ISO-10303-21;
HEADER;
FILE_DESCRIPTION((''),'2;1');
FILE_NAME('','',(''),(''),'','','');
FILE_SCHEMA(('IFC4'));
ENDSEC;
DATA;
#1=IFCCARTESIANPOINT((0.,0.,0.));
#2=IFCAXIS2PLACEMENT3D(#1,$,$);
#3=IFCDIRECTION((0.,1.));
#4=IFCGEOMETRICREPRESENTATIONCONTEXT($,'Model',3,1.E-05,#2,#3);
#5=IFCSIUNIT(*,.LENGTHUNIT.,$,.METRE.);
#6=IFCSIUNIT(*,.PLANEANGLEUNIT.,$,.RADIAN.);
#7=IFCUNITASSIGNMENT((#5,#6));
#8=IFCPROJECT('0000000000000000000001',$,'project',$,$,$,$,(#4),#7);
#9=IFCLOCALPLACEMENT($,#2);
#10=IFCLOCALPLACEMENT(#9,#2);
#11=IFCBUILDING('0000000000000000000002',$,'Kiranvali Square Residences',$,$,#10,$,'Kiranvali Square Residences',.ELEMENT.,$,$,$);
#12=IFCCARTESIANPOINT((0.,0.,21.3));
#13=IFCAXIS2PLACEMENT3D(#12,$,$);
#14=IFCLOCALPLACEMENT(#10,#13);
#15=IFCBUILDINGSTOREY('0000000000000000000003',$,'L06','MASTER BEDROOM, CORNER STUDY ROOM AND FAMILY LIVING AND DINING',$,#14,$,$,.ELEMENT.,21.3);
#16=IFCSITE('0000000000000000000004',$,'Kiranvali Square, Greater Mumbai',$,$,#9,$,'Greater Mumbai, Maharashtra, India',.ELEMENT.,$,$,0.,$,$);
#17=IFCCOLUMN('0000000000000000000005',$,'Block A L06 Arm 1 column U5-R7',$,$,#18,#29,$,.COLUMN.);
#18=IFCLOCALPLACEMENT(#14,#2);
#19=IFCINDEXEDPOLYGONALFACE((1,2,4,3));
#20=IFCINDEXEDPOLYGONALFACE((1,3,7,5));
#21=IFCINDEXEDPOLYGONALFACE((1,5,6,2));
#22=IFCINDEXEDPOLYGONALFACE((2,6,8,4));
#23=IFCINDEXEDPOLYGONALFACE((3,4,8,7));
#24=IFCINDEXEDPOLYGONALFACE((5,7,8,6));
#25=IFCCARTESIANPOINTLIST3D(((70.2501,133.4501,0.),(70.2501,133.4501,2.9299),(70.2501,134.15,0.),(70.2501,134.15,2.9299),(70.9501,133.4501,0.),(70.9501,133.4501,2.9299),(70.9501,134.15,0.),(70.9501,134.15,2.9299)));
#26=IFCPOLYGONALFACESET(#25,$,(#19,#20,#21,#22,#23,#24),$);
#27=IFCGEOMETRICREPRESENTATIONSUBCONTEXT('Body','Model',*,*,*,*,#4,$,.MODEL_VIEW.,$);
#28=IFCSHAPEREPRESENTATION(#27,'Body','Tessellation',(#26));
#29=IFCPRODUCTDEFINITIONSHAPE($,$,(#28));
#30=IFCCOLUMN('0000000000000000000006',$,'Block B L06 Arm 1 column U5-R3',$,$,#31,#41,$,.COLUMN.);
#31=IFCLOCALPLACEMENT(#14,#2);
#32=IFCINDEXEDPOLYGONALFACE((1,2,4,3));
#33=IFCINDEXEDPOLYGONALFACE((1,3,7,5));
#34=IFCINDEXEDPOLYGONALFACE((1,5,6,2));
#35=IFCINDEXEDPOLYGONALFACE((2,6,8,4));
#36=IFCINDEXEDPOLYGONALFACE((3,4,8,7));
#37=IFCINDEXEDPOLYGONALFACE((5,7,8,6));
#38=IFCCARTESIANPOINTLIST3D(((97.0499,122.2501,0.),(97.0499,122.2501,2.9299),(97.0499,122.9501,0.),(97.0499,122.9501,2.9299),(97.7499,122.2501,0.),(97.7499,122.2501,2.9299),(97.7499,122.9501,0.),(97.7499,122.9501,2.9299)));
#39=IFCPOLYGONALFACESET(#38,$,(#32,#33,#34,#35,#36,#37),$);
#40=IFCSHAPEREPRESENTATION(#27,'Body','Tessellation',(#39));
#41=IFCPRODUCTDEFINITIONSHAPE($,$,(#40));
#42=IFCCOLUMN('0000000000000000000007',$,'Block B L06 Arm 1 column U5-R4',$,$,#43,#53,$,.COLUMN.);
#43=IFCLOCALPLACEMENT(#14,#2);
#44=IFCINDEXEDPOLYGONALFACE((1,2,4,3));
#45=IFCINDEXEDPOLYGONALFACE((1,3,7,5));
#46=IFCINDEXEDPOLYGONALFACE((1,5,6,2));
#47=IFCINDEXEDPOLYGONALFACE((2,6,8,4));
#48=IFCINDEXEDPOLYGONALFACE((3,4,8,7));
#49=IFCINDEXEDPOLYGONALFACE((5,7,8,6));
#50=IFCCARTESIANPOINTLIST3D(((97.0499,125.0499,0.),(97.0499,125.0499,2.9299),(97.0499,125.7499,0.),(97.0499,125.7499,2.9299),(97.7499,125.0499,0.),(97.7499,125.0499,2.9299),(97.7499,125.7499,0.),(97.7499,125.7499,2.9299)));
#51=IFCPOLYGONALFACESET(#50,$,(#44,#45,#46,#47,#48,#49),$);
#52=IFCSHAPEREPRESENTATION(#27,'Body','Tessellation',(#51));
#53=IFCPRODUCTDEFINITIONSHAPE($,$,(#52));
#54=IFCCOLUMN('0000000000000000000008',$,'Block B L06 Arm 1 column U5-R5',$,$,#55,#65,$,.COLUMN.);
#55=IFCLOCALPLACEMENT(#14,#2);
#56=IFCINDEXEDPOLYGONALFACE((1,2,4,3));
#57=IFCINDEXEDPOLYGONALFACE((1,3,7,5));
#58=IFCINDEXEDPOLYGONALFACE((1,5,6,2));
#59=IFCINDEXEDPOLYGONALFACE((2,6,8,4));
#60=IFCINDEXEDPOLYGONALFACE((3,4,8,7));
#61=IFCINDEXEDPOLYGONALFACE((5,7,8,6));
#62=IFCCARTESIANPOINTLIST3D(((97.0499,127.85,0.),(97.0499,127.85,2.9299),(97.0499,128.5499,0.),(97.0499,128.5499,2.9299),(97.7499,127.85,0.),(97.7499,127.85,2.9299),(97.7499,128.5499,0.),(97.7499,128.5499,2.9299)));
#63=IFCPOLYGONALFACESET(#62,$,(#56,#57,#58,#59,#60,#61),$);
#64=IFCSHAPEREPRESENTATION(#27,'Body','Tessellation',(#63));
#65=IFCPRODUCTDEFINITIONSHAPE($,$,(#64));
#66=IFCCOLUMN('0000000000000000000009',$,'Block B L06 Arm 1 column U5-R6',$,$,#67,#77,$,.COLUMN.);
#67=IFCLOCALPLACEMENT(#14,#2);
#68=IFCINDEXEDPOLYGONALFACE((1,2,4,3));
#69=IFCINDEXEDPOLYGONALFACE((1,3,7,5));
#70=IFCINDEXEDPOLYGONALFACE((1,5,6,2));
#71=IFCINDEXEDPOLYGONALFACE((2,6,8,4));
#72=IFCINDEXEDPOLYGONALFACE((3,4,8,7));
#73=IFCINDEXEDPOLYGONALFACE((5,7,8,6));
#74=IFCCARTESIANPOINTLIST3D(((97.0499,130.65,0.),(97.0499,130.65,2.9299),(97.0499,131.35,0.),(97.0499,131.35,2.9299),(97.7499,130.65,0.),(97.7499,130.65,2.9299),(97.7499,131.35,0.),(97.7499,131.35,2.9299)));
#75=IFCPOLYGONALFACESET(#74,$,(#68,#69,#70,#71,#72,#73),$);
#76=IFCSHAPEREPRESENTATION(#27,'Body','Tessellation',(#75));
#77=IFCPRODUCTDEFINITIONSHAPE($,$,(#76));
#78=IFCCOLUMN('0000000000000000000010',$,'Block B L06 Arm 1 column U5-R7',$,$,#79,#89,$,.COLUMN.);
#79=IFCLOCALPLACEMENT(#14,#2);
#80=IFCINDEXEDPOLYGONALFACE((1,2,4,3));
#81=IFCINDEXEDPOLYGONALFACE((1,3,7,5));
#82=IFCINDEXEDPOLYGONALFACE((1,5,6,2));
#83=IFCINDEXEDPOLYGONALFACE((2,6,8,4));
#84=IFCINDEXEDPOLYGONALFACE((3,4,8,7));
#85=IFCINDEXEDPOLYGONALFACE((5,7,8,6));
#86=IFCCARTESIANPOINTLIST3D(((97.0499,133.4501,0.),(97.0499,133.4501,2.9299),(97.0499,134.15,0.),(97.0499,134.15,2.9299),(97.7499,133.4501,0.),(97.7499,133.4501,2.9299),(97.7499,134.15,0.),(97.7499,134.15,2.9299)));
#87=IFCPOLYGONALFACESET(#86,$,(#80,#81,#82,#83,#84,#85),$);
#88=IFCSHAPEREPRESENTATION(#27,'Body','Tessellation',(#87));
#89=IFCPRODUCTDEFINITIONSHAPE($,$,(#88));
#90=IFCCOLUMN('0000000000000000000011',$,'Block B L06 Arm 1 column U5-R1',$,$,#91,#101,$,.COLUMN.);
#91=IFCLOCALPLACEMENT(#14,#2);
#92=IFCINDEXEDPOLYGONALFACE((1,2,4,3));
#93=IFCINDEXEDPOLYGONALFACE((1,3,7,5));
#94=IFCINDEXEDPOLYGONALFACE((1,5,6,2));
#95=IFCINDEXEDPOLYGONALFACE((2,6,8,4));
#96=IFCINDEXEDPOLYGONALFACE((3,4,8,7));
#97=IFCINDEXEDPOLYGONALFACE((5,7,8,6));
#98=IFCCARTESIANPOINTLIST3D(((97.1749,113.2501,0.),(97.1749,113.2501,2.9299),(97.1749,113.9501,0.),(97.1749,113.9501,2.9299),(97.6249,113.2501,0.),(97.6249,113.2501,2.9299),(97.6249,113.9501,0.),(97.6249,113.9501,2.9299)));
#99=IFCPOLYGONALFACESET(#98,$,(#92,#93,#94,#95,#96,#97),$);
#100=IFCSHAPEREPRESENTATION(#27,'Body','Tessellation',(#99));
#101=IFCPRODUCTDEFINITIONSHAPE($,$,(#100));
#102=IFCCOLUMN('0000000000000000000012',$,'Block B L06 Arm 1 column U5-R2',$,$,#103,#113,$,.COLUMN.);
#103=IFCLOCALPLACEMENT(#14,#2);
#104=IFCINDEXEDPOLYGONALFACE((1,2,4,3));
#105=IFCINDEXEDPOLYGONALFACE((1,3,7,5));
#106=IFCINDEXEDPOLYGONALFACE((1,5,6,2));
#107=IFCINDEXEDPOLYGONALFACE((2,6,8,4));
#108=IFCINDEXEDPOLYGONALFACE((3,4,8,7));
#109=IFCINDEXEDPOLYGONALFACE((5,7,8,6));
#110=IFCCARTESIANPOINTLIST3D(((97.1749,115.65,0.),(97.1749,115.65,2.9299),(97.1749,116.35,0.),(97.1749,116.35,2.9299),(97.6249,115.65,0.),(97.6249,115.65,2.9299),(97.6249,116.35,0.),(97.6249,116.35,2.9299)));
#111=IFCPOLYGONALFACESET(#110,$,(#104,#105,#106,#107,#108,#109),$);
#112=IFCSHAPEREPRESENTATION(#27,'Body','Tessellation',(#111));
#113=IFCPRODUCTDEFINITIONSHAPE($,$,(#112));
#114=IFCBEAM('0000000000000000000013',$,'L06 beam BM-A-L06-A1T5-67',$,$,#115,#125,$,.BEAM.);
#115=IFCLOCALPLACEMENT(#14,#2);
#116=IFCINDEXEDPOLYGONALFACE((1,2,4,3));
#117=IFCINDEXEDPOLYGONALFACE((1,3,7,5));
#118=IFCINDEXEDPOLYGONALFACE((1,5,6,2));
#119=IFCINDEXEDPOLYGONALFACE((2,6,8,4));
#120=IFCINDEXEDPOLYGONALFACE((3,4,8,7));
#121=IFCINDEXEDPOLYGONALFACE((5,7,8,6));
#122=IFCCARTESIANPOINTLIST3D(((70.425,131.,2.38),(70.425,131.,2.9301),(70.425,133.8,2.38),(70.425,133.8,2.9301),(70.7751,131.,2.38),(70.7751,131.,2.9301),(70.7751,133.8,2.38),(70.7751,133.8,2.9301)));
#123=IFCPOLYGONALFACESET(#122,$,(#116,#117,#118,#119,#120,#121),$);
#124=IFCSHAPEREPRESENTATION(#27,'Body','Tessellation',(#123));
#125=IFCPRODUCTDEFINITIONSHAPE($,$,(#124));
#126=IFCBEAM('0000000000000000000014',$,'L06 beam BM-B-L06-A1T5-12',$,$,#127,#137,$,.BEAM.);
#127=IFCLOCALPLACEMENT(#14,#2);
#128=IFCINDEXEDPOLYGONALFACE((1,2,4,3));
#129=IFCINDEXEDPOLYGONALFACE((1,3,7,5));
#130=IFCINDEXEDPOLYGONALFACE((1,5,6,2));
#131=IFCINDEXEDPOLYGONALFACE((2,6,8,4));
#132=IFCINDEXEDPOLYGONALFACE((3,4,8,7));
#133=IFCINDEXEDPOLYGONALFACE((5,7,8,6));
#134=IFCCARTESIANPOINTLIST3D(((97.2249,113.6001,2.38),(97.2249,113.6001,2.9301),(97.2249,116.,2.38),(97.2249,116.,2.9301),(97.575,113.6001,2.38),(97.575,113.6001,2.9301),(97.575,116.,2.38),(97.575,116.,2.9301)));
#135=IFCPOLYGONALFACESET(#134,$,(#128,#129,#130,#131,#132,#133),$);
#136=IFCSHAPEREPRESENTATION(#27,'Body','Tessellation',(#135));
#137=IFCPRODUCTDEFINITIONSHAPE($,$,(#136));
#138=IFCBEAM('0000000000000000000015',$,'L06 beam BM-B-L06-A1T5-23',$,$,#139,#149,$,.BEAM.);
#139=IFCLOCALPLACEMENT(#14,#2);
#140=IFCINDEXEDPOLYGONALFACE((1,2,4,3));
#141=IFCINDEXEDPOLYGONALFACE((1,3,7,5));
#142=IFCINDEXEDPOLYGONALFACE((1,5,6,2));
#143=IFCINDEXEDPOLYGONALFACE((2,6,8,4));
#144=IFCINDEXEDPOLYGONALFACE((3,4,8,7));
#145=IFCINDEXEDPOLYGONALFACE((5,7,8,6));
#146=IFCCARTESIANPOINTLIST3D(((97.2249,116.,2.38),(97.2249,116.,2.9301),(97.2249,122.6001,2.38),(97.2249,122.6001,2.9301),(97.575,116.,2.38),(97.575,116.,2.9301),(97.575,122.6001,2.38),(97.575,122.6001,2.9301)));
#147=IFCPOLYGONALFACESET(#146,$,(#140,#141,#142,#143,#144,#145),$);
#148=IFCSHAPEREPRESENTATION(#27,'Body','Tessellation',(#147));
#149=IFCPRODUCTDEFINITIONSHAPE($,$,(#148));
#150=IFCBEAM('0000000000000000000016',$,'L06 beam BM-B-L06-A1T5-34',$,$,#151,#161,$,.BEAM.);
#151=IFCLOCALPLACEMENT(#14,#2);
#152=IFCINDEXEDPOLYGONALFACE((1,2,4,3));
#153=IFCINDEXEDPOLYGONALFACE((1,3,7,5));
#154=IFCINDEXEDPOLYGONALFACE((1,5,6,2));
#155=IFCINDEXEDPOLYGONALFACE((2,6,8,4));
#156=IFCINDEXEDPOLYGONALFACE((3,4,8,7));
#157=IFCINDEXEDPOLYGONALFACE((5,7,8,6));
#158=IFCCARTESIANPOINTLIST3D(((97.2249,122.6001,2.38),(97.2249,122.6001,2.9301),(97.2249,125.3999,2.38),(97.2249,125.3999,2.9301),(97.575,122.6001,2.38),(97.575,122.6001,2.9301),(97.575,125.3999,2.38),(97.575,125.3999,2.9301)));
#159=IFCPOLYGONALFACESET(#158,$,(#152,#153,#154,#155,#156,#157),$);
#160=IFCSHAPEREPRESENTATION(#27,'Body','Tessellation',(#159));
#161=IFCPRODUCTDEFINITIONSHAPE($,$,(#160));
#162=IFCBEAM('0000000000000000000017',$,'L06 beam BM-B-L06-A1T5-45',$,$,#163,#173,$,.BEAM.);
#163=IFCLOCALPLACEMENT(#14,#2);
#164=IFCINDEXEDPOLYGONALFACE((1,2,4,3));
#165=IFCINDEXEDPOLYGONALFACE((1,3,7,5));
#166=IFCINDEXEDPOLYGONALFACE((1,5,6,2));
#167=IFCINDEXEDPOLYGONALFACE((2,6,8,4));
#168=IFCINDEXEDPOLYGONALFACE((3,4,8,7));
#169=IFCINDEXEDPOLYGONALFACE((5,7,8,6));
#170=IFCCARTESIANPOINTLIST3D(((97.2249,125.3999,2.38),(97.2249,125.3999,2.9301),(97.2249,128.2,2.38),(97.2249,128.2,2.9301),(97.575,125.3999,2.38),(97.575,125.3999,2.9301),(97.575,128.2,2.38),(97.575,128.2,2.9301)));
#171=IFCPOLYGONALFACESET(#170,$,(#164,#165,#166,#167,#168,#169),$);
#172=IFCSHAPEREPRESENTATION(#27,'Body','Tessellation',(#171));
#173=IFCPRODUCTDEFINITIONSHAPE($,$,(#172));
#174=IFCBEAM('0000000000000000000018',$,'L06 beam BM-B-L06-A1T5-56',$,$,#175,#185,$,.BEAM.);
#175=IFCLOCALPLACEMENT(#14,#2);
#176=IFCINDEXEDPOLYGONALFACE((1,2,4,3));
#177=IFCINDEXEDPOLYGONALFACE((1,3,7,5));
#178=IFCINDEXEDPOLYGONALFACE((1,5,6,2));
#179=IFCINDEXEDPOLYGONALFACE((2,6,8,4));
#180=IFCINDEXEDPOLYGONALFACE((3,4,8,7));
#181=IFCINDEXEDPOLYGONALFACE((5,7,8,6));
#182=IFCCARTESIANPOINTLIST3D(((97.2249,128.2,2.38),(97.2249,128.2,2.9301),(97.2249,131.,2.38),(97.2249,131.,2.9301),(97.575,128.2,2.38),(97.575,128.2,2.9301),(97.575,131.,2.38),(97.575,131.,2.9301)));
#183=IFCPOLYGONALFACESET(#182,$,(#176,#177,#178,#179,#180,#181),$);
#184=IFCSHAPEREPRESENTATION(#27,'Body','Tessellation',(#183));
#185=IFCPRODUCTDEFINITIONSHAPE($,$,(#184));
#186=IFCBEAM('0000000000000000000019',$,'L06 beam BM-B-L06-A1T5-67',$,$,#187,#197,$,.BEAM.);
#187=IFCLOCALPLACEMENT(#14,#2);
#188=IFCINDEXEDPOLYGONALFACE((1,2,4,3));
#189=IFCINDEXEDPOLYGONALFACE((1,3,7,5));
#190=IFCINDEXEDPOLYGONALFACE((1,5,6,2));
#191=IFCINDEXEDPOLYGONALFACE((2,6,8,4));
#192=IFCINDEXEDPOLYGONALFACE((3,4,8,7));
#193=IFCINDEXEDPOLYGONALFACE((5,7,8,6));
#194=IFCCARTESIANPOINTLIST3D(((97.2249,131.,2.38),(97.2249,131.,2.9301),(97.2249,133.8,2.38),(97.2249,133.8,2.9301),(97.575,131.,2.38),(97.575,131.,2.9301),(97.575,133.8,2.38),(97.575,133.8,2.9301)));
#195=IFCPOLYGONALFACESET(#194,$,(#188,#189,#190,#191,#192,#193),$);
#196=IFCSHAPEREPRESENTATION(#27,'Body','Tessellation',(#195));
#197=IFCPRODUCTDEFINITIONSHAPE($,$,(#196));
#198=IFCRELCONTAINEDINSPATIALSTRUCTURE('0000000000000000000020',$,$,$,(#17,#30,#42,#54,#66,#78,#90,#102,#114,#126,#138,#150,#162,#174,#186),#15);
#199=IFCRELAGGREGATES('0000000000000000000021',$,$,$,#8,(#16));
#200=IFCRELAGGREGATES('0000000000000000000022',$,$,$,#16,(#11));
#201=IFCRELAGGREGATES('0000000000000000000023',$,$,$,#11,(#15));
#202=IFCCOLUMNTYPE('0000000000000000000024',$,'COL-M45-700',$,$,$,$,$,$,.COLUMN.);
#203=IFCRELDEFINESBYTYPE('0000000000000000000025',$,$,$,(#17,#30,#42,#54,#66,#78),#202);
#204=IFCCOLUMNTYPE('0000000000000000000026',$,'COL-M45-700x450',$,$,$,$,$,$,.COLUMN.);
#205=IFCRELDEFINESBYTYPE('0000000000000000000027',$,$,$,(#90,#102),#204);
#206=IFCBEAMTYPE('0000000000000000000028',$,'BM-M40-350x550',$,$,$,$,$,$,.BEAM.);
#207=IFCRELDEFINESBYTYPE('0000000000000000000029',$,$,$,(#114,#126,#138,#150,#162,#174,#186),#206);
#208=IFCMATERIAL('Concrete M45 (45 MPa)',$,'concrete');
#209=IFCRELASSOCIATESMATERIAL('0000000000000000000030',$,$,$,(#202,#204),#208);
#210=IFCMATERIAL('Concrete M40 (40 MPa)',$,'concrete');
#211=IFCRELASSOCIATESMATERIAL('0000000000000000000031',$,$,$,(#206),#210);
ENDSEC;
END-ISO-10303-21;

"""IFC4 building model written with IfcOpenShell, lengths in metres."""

from ifc_helpers import new_model, si_unit, direction, frame, origin, origin_2d, place, context, subcontext, project, spatial, rectangle, extrude, material, material_profile, profile_set, type_object, element, save


model = new_model("IFC4")

# Units and contexts
model_context = context("Model", 3, precision=1e-05, world=origin(), true_north=direction((0.0, 1.0)))
body_context = subcontext(model_context, "Body", "Model", "MODEL_VIEW")
ifc_project = project(units=[si_unit("LENGTHUNIT", "METRE"), si_unit("PLANEANGLEUNIT", "RADIAN")], contexts=[model_context])

# Site, building, storey
site_placement = place(None, origin())
site = spatial("IfcSite", under=ifc_project, at=site_placement, Name="Kiranvali Square, Greater Mumbai", LongName="Greater Mumbai, Maharashtra, India", CompositionType="ELEMENT", RefElevation=0.0)
building_placement = place(site_placement, origin())
building = spatial("IfcBuilding", under=site, at=building_placement, Name="Kiranvali Square Residences", LongName="Kiranvali Square Residences", CompositionType="ELEMENT")
storey_placement = place(building_placement, frame((0.0, 0.0, 21.3)))
storey = spatial("IfcBuildingStorey", under=building, at=storey_placement, Name="L06", Description="MASTER BEDROOM, CORNER STUDY ROOM AND FAMILY LIVING AND DINING", CompositionType="ELEMENT", Elevation=21.3)

# Columns
ifc_material_1 = material(Name="Concrete M45 (45 MPa)", Category="concrete")
ifc_material_profile_1 = material_profile(ifc_material_1, rectangle(XDim=0.7, YDim=0.7, at=origin_2d()), Name="RC 700x700")
ifc_profile_set_1 = profile_set([ifc_material_profile_1], Name="Concrete M45 (45 MPa)")
column_type_1 = type_object("IfcColumnType", Name="COL-M45-700", PredefinedType="COLUMN", material=ifc_profile_set_1)
for number, where, z_axis, x_axis, name in (
    (1, (70.6001, 133.8, 0.0), (0.0, 0.0, 1.0), (1.0, 0.0, 0.0), "Block A L06 Arm 1 column U5-R7"),
    (2, (97.3999, 122.6001, 0.0), (0.0, 0.0, 1.0), (1.0, 0.0, 0.0), "Block B L06 Arm 1 column U5-R3"),
    (3, (97.3999, 125.3999, 0.0), (0.0, 0.0, 1.0), (1.0, 0.0, 0.0), "Block B L06 Arm 1 column U5-R4"),
    (4, (97.3999, 128.2, 0.0), (0.0, 0.0, 1.0), (1.0, 0.0, 0.0), "Block B L06 Arm 1 column U5-R5"),
    (5, (97.3999, 131.0, 0.0), (0.0, 0.0, 1.0), (1.0, 0.0, 0.0), "Block B L06 Arm 1 column U5-R6"),
    (6, (97.3999, 133.8, 0.0), (0.0, 0.0, 1.0), (1.0, 0.0, 0.0), "Block B L06 Arm 1 column U5-R7"),
):
    element("IfcColumn", number, at=place(storey_placement, frame(where, z_axis=z_axis, x_axis=x_axis)), inside=storey, type_object=column_type_1, Name=name, PredefinedType="COLUMN", context=body_context, shape_type="SweptSolid", body=[
        extrude(rectangle(XDim=0.7, YDim=0.7, at=origin_2d()), origin(), (0.0, 0.0, 1.0), 2.9299),
    ])
ifc_material_profile_2 = material_profile(ifc_material_1, rectangle(XDim=0.45, YDim=0.7, at=origin_2d()), Name="RC 700x450")
ifc_profile_set_2 = profile_set([ifc_material_profile_2], Name="Concrete M45 (45 MPa)")
column_type_2 = type_object("IfcColumnType", Name="COL-M45-700x450", PredefinedType="COLUMN", material=ifc_profile_set_2)
for number, where, z_axis, x_axis, name in (
    (7, (97.3999, 113.6001, 0.0), (0.0, 0.0, 1.0), (1.0, 0.0, 0.0), "Block B L06 Arm 1 column U5-R1"),
    (8, (97.3999, 116.0, 0.0), (0.0, 0.0, 1.0), (1.0, 0.0, 0.0), "Block B L06 Arm 1 column U5-R2"),
):
    element("IfcColumn", number, at=place(storey_placement, frame(where, z_axis=z_axis, x_axis=x_axis)), inside=storey, type_object=column_type_2, Name=name, PredefinedType="COLUMN", context=body_context, shape_type="SweptSolid", body=[
        extrude(rectangle(XDim=0.45, YDim=0.7, at=origin_2d()), origin(), (0.0, 0.0, 1.0), 2.9299),
    ])

# Beams
ifc_material_2 = material(Name="Concrete M40 (40 MPa)", Category="concrete")
ifc_material_profile_3 = material_profile(ifc_material_2, rectangle(XDim=0.3501, YDim=0.55, at=origin_2d()), Name="RC 350x550")
ifc_profile_set_3 = profile_set([ifc_material_profile_3], Name="Concrete M40 (40 MPa)")
beam_type = type_object("IfcBeamType", Name="BM-M40-350x550", PredefinedType="BEAM", material=ifc_profile_set_3)
beam_1_placement = place(storey_placement, frame((70.6001, 131.0, 2.655), z_axis=(0.0, 1.0, 0.0), x_axis=(-1.0, 0.0, 0.0)))
element("IfcBeam", 9, at=beam_1_placement, inside=storey, type_object=beam_type, Name="L06 beam BM-A-L06-A1T5-67", PredefinedType="BEAM", context=body_context, shape_type="SweptSolid", body=[
    extrude(rectangle(XDim=0.3501, YDim=0.55, at=origin_2d()), origin(), (0.0, 0.0, 1.0), 2.8),
])
beam_2_placement = place(storey_placement, frame((97.3999, 113.6001, 2.655), z_axis=(0.0, 1.0, 0.0), x_axis=(-1.0, 0.0, 0.0)))
element("IfcBeam", 10, at=beam_2_placement, inside=storey, type_object=beam_type, Name="L06 beam BM-B-L06-A1T5-12", PredefinedType="BEAM", context=body_context, shape_type="SweptSolid", body=[
    extrude(rectangle(XDim=0.3501, YDim=0.55, at=origin_2d()), origin(), (0.0, 0.0, 1.0), 2.3999),
])
beam_3_placement = place(storey_placement, frame((97.3999, 116.0, 2.655), z_axis=(0.0, 1.0, 0.0), x_axis=(-1.0, 0.0, 0.0)))
element("IfcBeam", 11, at=beam_3_placement, inside=storey, type_object=beam_type, Name="L06 beam BM-B-L06-A1T5-23", PredefinedType="BEAM", context=body_context, shape_type="SweptSolid", body=[
    extrude(rectangle(XDim=0.3501, YDim=0.55, at=origin_2d()), origin(), (0.0, 0.0, 1.0), 6.6001),
])
beam_4_placement = place(storey_placement, frame((97.3999, 122.6001, 2.655), z_axis=(0.0, 1.0, 0.0), x_axis=(-1.0, 0.0, 0.0)))
element("IfcBeam", 12, at=beam_4_placement, inside=storey, type_object=beam_type, Name="L06 beam BM-B-L06-A1T5-34", PredefinedType="BEAM", context=body_context, shape_type="SweptSolid", body=[
    extrude(rectangle(XDim=0.3501, YDim=0.55, at=origin_2d()), origin(), (0.0, 0.0, 1.0), 2.7998),
])
for number, where, z_axis, x_axis, name in (
    (13, (97.3999, 125.3999, 2.655), (0.0, 1.0, 0.0), (-1.0, 0.0, 0.0), "L06 beam BM-B-L06-A1T5-45"),
    (14, (97.3999, 128.2, 2.655), (0.0, 1.0, 0.0), (-1.0, 0.0, 0.0), "L06 beam BM-B-L06-A1T5-56"),
    (15, (97.3999, 131.0, 2.655), (0.0, 1.0, 0.0), (-1.0, 0.0, 0.0), "L06 beam BM-B-L06-A1T5-67"),
):
    element("IfcBeam", number, at=place(storey_placement, frame(where, z_axis=z_axis, x_axis=x_axis)), inside=storey, type_object=beam_type, Name=name, PredefinedType="BEAM", context=body_context, shape_type="SweptSolid", body=[
        extrude(rectangle(XDim=0.3501, YDim=0.55, at=origin_2d()), origin(), (0.0, 0.0, 1.0), 2.8),
    ])

save(model, "model.ifc")
